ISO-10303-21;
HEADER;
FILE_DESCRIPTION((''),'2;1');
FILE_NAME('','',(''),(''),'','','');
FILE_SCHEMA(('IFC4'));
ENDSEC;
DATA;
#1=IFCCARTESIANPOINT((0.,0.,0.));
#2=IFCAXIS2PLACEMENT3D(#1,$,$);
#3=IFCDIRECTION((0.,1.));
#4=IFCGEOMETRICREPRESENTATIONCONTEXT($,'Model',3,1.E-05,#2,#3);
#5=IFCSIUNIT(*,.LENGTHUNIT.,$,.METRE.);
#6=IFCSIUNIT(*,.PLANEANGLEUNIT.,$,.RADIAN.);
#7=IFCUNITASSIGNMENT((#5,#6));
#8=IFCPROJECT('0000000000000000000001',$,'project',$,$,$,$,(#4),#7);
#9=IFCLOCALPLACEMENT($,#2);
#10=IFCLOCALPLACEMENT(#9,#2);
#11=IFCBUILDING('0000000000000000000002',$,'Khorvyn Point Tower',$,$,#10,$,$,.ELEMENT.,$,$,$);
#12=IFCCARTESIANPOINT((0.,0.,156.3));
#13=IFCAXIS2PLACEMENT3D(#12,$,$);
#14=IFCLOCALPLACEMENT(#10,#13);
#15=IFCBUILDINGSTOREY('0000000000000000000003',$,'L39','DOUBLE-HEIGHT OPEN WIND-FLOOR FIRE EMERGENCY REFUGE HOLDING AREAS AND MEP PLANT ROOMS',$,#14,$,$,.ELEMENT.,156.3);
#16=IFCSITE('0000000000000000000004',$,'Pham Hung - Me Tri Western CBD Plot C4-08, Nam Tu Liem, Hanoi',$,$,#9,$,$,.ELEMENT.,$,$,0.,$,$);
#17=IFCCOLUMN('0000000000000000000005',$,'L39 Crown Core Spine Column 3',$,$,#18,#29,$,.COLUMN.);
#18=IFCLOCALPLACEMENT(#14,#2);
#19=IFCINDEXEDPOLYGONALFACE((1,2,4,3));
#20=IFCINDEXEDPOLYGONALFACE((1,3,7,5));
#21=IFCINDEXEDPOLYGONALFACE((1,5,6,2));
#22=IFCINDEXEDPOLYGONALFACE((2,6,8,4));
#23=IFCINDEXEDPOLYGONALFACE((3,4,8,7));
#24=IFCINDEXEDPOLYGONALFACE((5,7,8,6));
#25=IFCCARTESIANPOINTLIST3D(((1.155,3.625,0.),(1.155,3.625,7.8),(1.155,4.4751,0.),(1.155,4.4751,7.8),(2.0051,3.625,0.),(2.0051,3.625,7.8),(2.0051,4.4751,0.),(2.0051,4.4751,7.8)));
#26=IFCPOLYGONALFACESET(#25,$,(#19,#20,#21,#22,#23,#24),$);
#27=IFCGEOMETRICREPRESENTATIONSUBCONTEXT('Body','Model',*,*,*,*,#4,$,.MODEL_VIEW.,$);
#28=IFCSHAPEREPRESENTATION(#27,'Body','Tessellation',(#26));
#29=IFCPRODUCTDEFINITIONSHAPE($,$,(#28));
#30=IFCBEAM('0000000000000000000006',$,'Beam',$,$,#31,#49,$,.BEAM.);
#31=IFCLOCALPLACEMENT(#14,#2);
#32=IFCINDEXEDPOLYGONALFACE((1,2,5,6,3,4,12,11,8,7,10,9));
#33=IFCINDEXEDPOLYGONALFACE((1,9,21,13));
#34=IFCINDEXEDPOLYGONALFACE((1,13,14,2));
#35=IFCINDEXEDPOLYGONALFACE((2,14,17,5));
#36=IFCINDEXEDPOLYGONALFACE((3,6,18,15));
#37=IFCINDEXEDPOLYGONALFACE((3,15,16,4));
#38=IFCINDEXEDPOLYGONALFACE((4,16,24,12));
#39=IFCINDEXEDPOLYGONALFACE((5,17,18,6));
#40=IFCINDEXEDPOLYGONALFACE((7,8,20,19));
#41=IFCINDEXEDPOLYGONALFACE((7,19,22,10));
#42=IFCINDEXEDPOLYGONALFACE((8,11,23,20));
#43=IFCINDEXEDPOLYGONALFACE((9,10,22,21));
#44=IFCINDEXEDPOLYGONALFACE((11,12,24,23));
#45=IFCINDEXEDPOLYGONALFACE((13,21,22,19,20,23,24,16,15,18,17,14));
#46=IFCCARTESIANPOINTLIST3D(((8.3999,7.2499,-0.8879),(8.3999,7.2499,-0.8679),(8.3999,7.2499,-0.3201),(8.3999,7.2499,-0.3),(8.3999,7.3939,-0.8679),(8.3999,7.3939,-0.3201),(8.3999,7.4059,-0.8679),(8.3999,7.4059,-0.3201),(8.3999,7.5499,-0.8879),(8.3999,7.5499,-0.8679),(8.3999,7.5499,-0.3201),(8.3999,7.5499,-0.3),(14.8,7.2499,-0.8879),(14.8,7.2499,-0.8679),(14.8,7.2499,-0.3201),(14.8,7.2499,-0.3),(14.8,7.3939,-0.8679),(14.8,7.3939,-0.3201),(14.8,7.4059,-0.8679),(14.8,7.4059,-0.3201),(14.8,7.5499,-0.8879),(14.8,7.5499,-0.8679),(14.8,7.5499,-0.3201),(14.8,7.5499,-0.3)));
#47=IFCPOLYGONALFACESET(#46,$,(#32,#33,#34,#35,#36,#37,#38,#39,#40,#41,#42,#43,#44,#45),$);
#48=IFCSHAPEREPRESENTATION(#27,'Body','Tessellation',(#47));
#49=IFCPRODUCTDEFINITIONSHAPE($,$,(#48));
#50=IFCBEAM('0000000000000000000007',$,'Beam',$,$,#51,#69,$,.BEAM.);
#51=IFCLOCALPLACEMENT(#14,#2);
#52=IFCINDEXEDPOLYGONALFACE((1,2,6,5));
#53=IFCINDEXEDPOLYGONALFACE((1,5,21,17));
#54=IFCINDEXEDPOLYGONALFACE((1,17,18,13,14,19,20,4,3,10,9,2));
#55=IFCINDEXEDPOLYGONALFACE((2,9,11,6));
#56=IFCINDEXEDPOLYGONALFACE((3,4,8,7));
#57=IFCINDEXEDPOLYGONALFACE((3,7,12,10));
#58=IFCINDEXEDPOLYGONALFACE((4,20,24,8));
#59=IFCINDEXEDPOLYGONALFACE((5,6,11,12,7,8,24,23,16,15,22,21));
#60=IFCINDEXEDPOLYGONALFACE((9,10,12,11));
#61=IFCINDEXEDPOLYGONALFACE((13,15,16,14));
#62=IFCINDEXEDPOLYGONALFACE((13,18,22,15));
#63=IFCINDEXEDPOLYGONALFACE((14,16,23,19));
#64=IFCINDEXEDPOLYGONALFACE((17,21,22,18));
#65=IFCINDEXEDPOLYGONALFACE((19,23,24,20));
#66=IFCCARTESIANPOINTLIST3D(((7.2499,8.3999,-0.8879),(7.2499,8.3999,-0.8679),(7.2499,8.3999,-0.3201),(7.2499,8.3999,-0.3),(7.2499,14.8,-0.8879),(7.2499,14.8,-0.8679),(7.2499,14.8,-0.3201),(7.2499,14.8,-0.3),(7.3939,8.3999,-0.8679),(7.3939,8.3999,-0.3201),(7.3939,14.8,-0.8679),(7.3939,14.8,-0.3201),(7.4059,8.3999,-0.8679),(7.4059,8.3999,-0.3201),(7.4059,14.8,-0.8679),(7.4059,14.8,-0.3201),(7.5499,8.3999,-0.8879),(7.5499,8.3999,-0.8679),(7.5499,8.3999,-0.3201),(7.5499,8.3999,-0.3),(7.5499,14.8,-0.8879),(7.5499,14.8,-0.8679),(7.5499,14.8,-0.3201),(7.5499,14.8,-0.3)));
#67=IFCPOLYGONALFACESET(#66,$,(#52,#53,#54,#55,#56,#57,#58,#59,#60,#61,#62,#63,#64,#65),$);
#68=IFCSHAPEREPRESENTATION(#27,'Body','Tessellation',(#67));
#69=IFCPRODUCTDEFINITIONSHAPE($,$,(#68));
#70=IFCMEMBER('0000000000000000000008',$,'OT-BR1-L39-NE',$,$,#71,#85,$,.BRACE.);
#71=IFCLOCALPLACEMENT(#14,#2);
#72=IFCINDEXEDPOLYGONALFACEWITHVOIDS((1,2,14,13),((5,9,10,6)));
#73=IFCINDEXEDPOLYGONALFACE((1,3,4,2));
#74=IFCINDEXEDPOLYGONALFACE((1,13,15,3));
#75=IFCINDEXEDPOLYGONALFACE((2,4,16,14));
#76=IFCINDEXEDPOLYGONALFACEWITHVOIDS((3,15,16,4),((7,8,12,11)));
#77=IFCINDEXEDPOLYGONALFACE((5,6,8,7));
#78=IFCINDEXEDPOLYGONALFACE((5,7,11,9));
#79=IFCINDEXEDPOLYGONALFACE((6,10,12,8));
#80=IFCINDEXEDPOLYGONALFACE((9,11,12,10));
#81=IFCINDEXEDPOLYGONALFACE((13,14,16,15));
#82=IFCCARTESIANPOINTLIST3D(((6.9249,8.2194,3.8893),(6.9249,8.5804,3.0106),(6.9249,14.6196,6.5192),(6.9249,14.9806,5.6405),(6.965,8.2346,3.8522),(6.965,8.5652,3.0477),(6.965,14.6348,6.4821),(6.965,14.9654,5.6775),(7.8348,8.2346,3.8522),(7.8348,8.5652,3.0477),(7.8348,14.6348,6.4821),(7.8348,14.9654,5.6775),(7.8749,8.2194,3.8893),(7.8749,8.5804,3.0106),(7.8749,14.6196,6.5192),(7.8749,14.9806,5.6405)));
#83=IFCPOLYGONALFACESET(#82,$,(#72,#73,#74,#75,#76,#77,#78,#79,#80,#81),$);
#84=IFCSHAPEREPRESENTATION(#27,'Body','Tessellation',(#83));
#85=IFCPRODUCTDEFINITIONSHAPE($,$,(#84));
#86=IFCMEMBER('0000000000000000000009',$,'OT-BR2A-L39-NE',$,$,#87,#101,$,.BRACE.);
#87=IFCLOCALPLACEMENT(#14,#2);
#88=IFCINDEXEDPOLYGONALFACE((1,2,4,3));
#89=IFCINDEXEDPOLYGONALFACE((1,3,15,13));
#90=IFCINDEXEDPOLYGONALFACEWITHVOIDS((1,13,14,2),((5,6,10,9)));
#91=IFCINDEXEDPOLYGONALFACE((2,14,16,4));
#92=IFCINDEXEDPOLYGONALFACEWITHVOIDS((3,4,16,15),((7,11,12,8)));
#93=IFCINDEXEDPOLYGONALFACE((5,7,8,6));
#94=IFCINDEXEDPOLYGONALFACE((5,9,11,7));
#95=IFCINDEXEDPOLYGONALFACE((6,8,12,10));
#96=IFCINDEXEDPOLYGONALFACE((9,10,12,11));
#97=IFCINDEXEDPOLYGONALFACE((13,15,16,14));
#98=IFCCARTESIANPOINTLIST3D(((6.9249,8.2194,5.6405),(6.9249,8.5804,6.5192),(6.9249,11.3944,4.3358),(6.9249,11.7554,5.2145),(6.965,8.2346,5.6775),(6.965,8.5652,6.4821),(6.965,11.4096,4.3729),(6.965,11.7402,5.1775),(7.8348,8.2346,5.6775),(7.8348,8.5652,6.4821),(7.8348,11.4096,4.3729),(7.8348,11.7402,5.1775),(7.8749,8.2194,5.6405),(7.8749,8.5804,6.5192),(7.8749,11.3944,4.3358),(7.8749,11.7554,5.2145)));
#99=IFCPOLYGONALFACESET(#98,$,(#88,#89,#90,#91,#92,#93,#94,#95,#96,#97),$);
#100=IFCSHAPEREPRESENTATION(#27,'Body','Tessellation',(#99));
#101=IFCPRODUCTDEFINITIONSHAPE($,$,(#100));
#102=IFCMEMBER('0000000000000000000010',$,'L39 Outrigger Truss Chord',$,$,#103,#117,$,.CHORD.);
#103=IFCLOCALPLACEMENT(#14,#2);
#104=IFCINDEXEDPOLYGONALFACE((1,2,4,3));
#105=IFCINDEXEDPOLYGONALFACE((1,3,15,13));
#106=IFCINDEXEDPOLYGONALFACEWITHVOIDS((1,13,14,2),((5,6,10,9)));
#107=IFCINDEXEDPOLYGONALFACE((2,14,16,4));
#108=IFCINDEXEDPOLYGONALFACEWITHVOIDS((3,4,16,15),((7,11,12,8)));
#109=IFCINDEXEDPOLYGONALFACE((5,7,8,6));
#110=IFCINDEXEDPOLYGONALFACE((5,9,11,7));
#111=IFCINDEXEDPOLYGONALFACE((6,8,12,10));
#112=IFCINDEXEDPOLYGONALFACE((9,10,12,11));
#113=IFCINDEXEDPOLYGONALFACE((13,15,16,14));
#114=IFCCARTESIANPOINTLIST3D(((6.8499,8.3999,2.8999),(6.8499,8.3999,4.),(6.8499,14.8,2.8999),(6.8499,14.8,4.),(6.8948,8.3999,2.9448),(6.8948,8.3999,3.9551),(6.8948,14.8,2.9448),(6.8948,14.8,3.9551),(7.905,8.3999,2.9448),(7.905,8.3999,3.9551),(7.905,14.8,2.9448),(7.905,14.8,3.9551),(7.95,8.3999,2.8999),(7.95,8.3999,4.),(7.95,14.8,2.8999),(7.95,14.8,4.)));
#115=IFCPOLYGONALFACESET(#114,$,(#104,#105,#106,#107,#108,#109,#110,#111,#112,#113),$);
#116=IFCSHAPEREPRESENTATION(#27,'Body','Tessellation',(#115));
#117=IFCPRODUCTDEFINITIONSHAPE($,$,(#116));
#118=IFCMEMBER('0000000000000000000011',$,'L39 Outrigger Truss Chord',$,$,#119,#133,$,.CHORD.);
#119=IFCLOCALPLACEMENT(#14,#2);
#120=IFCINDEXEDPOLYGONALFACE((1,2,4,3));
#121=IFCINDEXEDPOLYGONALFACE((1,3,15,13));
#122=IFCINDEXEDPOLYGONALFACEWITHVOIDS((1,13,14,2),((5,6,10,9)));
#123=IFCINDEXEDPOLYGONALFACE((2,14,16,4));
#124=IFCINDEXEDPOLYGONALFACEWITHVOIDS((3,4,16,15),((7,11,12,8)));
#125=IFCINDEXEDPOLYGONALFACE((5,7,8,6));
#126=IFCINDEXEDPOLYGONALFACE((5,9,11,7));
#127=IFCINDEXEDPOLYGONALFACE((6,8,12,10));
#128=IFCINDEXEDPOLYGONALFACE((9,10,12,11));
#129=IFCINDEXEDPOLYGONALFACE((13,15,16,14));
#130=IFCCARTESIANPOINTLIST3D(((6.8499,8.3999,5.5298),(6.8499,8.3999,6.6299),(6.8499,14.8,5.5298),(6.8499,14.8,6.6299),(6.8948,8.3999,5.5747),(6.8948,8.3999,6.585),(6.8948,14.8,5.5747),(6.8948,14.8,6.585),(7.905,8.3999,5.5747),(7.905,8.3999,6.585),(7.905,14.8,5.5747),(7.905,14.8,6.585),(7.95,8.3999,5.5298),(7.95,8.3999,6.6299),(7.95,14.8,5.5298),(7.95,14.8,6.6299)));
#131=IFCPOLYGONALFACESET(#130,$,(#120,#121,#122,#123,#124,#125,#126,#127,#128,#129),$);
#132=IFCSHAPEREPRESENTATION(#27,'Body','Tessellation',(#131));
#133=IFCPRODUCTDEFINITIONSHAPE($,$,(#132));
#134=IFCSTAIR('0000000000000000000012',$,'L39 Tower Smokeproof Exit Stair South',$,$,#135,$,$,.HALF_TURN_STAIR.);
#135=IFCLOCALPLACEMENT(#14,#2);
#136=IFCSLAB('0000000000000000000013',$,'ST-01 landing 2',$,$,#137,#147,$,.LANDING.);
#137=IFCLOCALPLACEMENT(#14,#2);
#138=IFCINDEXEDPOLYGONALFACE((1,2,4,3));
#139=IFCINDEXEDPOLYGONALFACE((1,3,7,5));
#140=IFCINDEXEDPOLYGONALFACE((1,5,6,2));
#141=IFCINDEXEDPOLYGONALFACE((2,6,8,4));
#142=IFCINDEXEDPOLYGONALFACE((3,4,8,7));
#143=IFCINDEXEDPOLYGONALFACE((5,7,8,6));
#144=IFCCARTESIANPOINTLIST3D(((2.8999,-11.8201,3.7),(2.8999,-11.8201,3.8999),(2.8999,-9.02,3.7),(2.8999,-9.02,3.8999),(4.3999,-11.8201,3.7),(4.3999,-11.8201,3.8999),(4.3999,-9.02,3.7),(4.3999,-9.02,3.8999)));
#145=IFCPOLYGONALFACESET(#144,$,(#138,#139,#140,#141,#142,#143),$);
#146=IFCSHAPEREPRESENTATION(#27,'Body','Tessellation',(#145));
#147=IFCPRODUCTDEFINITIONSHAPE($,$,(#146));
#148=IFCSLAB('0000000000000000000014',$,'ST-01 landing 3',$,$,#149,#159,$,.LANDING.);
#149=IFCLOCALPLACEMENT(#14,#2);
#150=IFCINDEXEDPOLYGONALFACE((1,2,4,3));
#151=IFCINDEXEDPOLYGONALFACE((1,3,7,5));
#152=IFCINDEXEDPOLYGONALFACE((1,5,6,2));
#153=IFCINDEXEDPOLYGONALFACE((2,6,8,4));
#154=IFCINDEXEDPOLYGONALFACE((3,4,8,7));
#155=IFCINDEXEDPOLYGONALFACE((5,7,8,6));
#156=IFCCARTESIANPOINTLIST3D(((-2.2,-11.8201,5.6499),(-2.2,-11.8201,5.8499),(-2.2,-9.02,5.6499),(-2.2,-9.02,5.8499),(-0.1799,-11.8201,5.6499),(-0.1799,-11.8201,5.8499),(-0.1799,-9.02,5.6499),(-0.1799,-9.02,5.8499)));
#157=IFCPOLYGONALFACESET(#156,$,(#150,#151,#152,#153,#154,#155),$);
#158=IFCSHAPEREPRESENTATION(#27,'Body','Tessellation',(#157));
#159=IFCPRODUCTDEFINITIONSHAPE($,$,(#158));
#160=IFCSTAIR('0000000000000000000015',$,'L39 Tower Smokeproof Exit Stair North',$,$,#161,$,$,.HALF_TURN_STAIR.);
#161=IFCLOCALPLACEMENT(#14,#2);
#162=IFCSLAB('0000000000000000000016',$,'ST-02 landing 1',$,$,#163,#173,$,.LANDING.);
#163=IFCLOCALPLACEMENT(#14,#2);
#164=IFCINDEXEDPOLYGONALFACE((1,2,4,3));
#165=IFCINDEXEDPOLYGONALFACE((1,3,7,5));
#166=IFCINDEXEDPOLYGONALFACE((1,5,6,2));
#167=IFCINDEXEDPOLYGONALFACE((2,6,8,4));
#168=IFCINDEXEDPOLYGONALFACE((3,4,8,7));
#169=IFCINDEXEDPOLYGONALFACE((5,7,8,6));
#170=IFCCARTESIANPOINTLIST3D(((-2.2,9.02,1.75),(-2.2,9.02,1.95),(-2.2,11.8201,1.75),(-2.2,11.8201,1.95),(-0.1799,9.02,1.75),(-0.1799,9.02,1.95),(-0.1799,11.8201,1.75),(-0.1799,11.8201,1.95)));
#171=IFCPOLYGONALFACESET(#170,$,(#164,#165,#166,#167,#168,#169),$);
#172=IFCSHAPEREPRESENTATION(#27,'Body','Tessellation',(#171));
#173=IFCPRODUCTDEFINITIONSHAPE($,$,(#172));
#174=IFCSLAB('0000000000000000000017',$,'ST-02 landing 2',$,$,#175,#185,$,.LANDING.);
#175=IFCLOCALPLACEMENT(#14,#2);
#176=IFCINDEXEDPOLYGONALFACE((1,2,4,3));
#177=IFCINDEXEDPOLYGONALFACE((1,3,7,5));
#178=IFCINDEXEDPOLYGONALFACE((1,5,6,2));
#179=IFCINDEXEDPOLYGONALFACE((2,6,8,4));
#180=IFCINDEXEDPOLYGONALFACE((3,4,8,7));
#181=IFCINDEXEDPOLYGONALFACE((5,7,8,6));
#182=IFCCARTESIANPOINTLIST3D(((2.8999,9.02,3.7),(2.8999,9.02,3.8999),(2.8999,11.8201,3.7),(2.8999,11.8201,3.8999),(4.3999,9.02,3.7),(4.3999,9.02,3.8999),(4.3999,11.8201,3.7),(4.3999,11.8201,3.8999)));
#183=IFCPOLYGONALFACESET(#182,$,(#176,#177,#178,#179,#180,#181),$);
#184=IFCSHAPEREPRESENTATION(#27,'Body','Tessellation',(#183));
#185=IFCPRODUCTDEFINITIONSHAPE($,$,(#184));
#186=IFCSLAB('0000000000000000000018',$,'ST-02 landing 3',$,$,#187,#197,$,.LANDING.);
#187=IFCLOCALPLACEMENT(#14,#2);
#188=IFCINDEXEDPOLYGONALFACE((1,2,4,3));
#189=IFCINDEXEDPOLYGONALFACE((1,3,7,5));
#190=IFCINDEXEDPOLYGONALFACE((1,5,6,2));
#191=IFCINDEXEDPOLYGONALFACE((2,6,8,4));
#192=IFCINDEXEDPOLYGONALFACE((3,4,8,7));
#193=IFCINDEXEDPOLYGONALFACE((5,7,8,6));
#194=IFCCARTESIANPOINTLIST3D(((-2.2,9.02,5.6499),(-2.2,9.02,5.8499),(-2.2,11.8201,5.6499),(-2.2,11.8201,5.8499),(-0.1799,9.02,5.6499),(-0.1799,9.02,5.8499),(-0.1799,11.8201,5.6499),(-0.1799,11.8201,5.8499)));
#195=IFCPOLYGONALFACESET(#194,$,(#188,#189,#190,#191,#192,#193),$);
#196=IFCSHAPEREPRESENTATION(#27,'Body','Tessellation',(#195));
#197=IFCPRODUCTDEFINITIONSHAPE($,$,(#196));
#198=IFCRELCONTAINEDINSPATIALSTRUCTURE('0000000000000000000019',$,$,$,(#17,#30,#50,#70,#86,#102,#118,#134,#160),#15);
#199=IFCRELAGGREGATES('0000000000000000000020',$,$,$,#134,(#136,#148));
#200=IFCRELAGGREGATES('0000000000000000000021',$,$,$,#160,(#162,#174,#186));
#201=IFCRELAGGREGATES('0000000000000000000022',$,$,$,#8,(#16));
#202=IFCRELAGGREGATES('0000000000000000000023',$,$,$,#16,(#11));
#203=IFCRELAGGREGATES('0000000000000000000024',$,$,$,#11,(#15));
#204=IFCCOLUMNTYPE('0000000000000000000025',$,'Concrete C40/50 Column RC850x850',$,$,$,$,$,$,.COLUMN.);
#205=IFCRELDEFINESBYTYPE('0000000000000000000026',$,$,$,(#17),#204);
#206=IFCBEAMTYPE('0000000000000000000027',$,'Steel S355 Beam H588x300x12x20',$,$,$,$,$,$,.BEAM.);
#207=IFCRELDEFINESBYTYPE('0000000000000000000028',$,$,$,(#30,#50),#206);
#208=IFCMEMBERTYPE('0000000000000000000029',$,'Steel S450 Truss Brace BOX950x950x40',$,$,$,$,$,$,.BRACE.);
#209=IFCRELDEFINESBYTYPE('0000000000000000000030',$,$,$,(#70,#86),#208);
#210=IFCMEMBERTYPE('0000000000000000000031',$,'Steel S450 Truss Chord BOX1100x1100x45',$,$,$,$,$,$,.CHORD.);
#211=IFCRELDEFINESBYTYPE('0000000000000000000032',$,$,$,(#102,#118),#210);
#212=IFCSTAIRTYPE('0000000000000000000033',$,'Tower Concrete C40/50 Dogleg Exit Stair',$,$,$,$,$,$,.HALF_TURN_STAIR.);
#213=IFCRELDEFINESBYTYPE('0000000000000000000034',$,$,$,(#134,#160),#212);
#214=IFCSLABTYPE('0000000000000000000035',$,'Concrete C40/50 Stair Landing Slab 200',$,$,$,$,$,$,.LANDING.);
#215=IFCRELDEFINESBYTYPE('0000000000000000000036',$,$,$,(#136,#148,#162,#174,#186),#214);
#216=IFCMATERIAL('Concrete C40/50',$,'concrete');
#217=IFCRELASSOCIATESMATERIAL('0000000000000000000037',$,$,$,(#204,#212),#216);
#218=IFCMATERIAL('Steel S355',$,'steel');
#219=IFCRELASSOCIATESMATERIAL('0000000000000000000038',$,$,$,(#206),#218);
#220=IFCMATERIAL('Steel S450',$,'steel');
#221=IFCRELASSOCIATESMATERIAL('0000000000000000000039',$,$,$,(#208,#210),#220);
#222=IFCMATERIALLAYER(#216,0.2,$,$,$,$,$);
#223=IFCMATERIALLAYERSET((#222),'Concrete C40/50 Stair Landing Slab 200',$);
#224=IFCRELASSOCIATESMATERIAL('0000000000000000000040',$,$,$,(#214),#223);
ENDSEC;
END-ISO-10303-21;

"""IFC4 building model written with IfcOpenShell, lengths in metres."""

from ifc_helpers import new_model, si_unit, direction, frame, origin, origin_2d, place, context, subcontext, project, spatial, polyline, rectangle, hollow_rectangle, i_section, outline, extrude, material, layer, layer_set, material_profile, profile_set, type_object, element, aggregate, save


model = new_model("IFC4")

# Units and contexts
model_context = context("Model", 3, precision=1e-05, world=origin(), true_north=direction((0.0, 1.0)))
body_context = subcontext(model_context, "Body", "Model", "MODEL_VIEW")
ifc_project = project(units=[si_unit("LENGTHUNIT", "METRE"), si_unit("PLANEANGLEUNIT", "RADIAN")], contexts=[model_context])

# Site, building, storey
site_placement = place(None, origin())
site = spatial("IfcSite", under=ifc_project, at=site_placement, Name="Pham Hung - Me Tri Western CBD Plot C4-08, Nam Tu Liem, Hanoi", CompositionType="ELEMENT", RefElevation=0.0)
building_placement = place(site_placement, origin())
building = spatial("IfcBuilding", under=site, at=building_placement, Name="Khorvyn Point Tower", CompositionType="ELEMENT")
storey_placement = place(building_placement, frame((0.0, 0.0, 156.3)))
storey = spatial("IfcBuildingStorey", under=building, at=storey_placement, Name="L39", Description="DOUBLE-HEIGHT OPEN WIND-FLOOR FIRE EMERGENCY REFUGE HOLDING AREAS AND MEP PLANT ROOMS", CompositionType="ELEMENT", Elevation=156.3)

# Column
ifc_material_1 = material(Name="Concrete C40/50", Category="concrete")
ifc_material_profile_1 = material_profile(ifc_material_1, rectangle(XDim=0.8501, YDim=0.8501, at=origin_2d()))
ifc_profile_set_1 = profile_set([ifc_material_profile_1], Name="Concrete C40/50 RC850x850")
column_type = type_object("IfcColumnType", Name="Concrete C40/50 Column RC850x850", PredefinedType="COLUMN", material=ifc_profile_set_1)
column_placement = place(storey_placement, frame((1.5801, 4.05, 0.0), z_axis=(0.0, 0.0, 1.0), x_axis=(1.0, 0.0, 0.0)))
element("IfcColumn", 1, at=column_placement, inside=storey, type_object=column_type, Name="L39 Crown Core Spine Column 3", PredefinedType="COLUMN", context=body_context, shape_type="SweptSolid", body=[
    extrude(rectangle(XDim=0.8501, YDim=0.8501, at=origin_2d()), origin(), (0.0, 0.0, 1.0), 7.8),
])

# Beams
ifc_material_2 = material(Name="Steel S355", Category="steel")
ifc_material_profile_2 = material_profile(ifc_material_2, i_section(OverallWidth=0.3, OverallDepth=0.5879, WebThickness=0.012, FlangeThickness=0.02, at=origin_2d()))
ifc_profile_set_2 = profile_set([ifc_material_profile_2], Name="Steel S355 H588x300x12x20")
beam_type = type_object("IfcBeamType", Name="Steel S355 Beam H588x300x12x20", PredefinedType="BEAM", material=ifc_profile_set_2)
for number, where, z_axis, x_axis, name in (
    (2, (8.3999, 7.3999, -0.594), (1.0, 0.0, 0.0), (0.0, 1.0, 0.0), "Beam"),
    (3, (7.3999, 8.3999, -0.594), (0.0, 1.0, 0.0), (-1.0, 0.0, 0.0), "Beam"),
):
    element("IfcBeam", number, at=place(storey_placement, frame(where, z_axis=z_axis, x_axis=x_axis)), inside=storey, type_object=beam_type, Name=name, PredefinedType="BEAM", context=body_context, shape_type="SweptSolid", body=[
        extrude(i_section(OverallWidth=0.3, OverallDepth=0.5879, WebThickness=0.012, FlangeThickness=0.02, at=origin_2d()), origin(), (0.0, 0.0, 1.0), 6.4001),
    ])

# Members
ifc_material_3 = material(Name="Steel S450", Category="steel")
ifc_material_profile_3 = material_profile(ifc_material_3, hollow_rectangle(XDim=0.95, YDim=0.95, WallThickness=0.04, at=origin_2d()))
ifc_profile_set_3 = profile_set([ifc_material_profile_3], Name="Steel S450 BOX950x950x40")
member_type_1 = type_object("IfcMemberType", Name="Steel S450 Truss Brace BOX950x950x40", PredefinedType="BRACE", material=ifc_profile_set_3)
member_1_placement = place(storey_placement, frame((7.3999, 8.3999, 3.45), z_axis=(0.0, 0.924956, 0.380074), x_axis=(-1.0, 0.0, 0.0)))
element("IfcMember", 4, at=member_1_placement, inside=storey, type_object=member_type_1, Name="OT-BR1-L39-NE", PredefinedType="BRACE", context=body_context, shape_type="SweptSolid", body=[
    extrude(hollow_rectangle(XDim=0.95, YDim=0.95, WallThickness=0.04, at=origin_2d()), origin(), (0.0, 0.0, 1.0), 6.9194),
])
member_2_placement = place(storey_placement, frame((7.3999, 8.3999, 6.0798), z_axis=(0.0, 0.924953, -0.380081), x_axis=(-1.0, 0.0, 0.0)))
element("IfcMember", 5, at=member_2_placement, inside=storey, type_object=member_type_1, Name="OT-BR2A-L39-NE", PredefinedType="BRACE", context=body_context, shape_type="SweptSolid", body=[
    extrude(hollow_rectangle(XDim=0.95, YDim=0.95, WallThickness=0.04, at=origin_2d()), origin(), (0.0, 0.0, 1.0), 3.4326),
])
ifc_material_profile_4 = material_profile(ifc_material_3, hollow_rectangle(XDim=1.1001, YDim=1.1001, WallThickness=0.0449, at=origin_2d()))
ifc_profile_set_4 = profile_set([ifc_material_profile_4], Name="Steel S450 BOX1100x1100x45")
member_type_2 = type_object("IfcMemberType", Name="Steel S450 Truss Chord BOX1100x1100x45", PredefinedType="CHORD", material=ifc_profile_set_4)
for number, where, z_axis, x_axis, name in (
    (6, (7.3999, 8.3999, 3.45), (0.0, 1.0, 0.0), (-1.0, 0.0, 0.0), "L39 Outrigger Truss Chord"),
    (7, (7.3999, 8.3999, 6.0798), (0.0, 1.0, 0.0), (-1.0, 0.0, 0.0), "L39 Outrigger Truss Chord"),
):
    element("IfcMember", number, at=place(storey_placement, frame(where, z_axis=z_axis, x_axis=x_axis)), inside=storey, type_object=member_type_2, Name=name, PredefinedType="CHORD", context=body_context, shape_type="SweptSolid", body=[
        extrude(hollow_rectangle(XDim=1.1001, YDim=1.1001, WallThickness=0.0449, at=origin_2d()), origin(), (0.0, 0.0, 1.0), 6.4001),
    ])

# Stairs, slabs
stair_type = type_object("IfcStairType", Name="Tower Concrete C40/50 Dogleg Exit Stair", PredefinedType="HALF_TURN_STAIR", material=ifc_material_1)
stair_1_placement = place(storey_placement, origin())
stair_1 = element("IfcStair", 8, at=stair_1_placement, inside=storey, type_object=stair_type, Name="L39 Tower Smokeproof Exit Stair South", PredefinedType="HALF_TURN_STAIR")
ifc_layer_1 = layer(ifc_material_1, 0.2)
ifc_layer_set_1 = layer_set([ifc_layer_1], Name="Concrete C40/50 Stair Landing Slab 200")
slab_type = type_object("IfcSlabType", Name="Concrete C40/50 Stair Landing Slab 200", PredefinedType="LANDING", material=ifc_layer_set_1)
slab_1_placement = place(storey_placement, frame((0.0, 0.0, 3.7)))
slab_1 = element("IfcSlab", 9, at=slab_1_placement, type_object=slab_type, Name="ST-01 landing 2", PredefinedType="LANDING", context=body_context, shape_type="SweptSolid", body=[
    extrude(outline(polyline([(4.3999, -9.02), (2.8999, -9.02), (2.8999, -11.8201), (4.3999, -11.8201), (4.3999, -9.02)])), origin(), (0.0, 0.0, 1.0), 0.2),
])
slab_2_placement = place(storey_placement, frame((0.0, 0.0, 5.6499)))
slab_2 = element("IfcSlab", 10, at=slab_2_placement, type_object=slab_type, Name="ST-01 landing 3", PredefinedType="LANDING", context=body_context, shape_type="SweptSolid", body=[
    extrude(outline(polyline([(-0.1799, -9.02), (-2.2, -9.02), (-2.2, -11.8201), (-0.1799, -11.8201), (-0.1799, -9.02)])), origin(), (0.0, 0.0, 1.0), 0.2),
])
aggregate(stair_1, [slab_1, slab_2])
stair_2_placement = place(storey_placement, origin())
stair_2 = element("IfcStair", 11, at=stair_2_placement, inside=storey, type_object=stair_type, Name="L39 Tower Smokeproof Exit Stair North", PredefinedType="HALF_TURN_STAIR")
slab_3_placement = place(storey_placement, frame((0.0, 0.0, 1.75)))
slab_3 = element("IfcSlab", 12, at=slab_3_placement, type_object=slab_type, Name="ST-02 landing 1", PredefinedType="LANDING", context=body_context, shape_type="SweptSolid", body=[
    extrude(outline(polyline([(-0.1799, 11.8201), (-2.2, 11.8201), (-2.2, 9.02), (-0.1799, 9.02), (-0.1799, 11.8201)])), origin(), (0.0, 0.0, 1.0), 0.2),
])
slab_4_placement = place(storey_placement, frame((0.0, 0.0, 3.7)))
slab_4 = element("IfcSlab", 13, at=slab_4_placement, type_object=slab_type, Name="ST-02 landing 2", PredefinedType="LANDING", context=body_context, shape_type="SweptSolid", body=[
    extrude(outline(polyline([(4.3999, 11.8201), (2.8999, 11.8201), (2.8999, 9.02), (4.3999, 9.02), (4.3999, 11.8201)])), origin(), (0.0, 0.0, 1.0), 0.2),
])
slab_5_placement = place(storey_placement, frame((0.0, 0.0, 5.6499)))
slab_5 = element("IfcSlab", 14, at=slab_5_placement, type_object=slab_type, Name="ST-02 landing 3", PredefinedType="LANDING", context=body_context, shape_type="SweptSolid", body=[
    extrude(outline(polyline([(-0.1799, 11.8201), (-2.2, 11.8201), (-2.2, 9.02), (-0.1799, 9.02), (-0.1799, 11.8201)])), origin(), (0.0, 0.0, 1.0), 0.2),
])

aggregate(stair_2, [slab_3, slab_4, slab_5])

save(model, "model.ifc")
